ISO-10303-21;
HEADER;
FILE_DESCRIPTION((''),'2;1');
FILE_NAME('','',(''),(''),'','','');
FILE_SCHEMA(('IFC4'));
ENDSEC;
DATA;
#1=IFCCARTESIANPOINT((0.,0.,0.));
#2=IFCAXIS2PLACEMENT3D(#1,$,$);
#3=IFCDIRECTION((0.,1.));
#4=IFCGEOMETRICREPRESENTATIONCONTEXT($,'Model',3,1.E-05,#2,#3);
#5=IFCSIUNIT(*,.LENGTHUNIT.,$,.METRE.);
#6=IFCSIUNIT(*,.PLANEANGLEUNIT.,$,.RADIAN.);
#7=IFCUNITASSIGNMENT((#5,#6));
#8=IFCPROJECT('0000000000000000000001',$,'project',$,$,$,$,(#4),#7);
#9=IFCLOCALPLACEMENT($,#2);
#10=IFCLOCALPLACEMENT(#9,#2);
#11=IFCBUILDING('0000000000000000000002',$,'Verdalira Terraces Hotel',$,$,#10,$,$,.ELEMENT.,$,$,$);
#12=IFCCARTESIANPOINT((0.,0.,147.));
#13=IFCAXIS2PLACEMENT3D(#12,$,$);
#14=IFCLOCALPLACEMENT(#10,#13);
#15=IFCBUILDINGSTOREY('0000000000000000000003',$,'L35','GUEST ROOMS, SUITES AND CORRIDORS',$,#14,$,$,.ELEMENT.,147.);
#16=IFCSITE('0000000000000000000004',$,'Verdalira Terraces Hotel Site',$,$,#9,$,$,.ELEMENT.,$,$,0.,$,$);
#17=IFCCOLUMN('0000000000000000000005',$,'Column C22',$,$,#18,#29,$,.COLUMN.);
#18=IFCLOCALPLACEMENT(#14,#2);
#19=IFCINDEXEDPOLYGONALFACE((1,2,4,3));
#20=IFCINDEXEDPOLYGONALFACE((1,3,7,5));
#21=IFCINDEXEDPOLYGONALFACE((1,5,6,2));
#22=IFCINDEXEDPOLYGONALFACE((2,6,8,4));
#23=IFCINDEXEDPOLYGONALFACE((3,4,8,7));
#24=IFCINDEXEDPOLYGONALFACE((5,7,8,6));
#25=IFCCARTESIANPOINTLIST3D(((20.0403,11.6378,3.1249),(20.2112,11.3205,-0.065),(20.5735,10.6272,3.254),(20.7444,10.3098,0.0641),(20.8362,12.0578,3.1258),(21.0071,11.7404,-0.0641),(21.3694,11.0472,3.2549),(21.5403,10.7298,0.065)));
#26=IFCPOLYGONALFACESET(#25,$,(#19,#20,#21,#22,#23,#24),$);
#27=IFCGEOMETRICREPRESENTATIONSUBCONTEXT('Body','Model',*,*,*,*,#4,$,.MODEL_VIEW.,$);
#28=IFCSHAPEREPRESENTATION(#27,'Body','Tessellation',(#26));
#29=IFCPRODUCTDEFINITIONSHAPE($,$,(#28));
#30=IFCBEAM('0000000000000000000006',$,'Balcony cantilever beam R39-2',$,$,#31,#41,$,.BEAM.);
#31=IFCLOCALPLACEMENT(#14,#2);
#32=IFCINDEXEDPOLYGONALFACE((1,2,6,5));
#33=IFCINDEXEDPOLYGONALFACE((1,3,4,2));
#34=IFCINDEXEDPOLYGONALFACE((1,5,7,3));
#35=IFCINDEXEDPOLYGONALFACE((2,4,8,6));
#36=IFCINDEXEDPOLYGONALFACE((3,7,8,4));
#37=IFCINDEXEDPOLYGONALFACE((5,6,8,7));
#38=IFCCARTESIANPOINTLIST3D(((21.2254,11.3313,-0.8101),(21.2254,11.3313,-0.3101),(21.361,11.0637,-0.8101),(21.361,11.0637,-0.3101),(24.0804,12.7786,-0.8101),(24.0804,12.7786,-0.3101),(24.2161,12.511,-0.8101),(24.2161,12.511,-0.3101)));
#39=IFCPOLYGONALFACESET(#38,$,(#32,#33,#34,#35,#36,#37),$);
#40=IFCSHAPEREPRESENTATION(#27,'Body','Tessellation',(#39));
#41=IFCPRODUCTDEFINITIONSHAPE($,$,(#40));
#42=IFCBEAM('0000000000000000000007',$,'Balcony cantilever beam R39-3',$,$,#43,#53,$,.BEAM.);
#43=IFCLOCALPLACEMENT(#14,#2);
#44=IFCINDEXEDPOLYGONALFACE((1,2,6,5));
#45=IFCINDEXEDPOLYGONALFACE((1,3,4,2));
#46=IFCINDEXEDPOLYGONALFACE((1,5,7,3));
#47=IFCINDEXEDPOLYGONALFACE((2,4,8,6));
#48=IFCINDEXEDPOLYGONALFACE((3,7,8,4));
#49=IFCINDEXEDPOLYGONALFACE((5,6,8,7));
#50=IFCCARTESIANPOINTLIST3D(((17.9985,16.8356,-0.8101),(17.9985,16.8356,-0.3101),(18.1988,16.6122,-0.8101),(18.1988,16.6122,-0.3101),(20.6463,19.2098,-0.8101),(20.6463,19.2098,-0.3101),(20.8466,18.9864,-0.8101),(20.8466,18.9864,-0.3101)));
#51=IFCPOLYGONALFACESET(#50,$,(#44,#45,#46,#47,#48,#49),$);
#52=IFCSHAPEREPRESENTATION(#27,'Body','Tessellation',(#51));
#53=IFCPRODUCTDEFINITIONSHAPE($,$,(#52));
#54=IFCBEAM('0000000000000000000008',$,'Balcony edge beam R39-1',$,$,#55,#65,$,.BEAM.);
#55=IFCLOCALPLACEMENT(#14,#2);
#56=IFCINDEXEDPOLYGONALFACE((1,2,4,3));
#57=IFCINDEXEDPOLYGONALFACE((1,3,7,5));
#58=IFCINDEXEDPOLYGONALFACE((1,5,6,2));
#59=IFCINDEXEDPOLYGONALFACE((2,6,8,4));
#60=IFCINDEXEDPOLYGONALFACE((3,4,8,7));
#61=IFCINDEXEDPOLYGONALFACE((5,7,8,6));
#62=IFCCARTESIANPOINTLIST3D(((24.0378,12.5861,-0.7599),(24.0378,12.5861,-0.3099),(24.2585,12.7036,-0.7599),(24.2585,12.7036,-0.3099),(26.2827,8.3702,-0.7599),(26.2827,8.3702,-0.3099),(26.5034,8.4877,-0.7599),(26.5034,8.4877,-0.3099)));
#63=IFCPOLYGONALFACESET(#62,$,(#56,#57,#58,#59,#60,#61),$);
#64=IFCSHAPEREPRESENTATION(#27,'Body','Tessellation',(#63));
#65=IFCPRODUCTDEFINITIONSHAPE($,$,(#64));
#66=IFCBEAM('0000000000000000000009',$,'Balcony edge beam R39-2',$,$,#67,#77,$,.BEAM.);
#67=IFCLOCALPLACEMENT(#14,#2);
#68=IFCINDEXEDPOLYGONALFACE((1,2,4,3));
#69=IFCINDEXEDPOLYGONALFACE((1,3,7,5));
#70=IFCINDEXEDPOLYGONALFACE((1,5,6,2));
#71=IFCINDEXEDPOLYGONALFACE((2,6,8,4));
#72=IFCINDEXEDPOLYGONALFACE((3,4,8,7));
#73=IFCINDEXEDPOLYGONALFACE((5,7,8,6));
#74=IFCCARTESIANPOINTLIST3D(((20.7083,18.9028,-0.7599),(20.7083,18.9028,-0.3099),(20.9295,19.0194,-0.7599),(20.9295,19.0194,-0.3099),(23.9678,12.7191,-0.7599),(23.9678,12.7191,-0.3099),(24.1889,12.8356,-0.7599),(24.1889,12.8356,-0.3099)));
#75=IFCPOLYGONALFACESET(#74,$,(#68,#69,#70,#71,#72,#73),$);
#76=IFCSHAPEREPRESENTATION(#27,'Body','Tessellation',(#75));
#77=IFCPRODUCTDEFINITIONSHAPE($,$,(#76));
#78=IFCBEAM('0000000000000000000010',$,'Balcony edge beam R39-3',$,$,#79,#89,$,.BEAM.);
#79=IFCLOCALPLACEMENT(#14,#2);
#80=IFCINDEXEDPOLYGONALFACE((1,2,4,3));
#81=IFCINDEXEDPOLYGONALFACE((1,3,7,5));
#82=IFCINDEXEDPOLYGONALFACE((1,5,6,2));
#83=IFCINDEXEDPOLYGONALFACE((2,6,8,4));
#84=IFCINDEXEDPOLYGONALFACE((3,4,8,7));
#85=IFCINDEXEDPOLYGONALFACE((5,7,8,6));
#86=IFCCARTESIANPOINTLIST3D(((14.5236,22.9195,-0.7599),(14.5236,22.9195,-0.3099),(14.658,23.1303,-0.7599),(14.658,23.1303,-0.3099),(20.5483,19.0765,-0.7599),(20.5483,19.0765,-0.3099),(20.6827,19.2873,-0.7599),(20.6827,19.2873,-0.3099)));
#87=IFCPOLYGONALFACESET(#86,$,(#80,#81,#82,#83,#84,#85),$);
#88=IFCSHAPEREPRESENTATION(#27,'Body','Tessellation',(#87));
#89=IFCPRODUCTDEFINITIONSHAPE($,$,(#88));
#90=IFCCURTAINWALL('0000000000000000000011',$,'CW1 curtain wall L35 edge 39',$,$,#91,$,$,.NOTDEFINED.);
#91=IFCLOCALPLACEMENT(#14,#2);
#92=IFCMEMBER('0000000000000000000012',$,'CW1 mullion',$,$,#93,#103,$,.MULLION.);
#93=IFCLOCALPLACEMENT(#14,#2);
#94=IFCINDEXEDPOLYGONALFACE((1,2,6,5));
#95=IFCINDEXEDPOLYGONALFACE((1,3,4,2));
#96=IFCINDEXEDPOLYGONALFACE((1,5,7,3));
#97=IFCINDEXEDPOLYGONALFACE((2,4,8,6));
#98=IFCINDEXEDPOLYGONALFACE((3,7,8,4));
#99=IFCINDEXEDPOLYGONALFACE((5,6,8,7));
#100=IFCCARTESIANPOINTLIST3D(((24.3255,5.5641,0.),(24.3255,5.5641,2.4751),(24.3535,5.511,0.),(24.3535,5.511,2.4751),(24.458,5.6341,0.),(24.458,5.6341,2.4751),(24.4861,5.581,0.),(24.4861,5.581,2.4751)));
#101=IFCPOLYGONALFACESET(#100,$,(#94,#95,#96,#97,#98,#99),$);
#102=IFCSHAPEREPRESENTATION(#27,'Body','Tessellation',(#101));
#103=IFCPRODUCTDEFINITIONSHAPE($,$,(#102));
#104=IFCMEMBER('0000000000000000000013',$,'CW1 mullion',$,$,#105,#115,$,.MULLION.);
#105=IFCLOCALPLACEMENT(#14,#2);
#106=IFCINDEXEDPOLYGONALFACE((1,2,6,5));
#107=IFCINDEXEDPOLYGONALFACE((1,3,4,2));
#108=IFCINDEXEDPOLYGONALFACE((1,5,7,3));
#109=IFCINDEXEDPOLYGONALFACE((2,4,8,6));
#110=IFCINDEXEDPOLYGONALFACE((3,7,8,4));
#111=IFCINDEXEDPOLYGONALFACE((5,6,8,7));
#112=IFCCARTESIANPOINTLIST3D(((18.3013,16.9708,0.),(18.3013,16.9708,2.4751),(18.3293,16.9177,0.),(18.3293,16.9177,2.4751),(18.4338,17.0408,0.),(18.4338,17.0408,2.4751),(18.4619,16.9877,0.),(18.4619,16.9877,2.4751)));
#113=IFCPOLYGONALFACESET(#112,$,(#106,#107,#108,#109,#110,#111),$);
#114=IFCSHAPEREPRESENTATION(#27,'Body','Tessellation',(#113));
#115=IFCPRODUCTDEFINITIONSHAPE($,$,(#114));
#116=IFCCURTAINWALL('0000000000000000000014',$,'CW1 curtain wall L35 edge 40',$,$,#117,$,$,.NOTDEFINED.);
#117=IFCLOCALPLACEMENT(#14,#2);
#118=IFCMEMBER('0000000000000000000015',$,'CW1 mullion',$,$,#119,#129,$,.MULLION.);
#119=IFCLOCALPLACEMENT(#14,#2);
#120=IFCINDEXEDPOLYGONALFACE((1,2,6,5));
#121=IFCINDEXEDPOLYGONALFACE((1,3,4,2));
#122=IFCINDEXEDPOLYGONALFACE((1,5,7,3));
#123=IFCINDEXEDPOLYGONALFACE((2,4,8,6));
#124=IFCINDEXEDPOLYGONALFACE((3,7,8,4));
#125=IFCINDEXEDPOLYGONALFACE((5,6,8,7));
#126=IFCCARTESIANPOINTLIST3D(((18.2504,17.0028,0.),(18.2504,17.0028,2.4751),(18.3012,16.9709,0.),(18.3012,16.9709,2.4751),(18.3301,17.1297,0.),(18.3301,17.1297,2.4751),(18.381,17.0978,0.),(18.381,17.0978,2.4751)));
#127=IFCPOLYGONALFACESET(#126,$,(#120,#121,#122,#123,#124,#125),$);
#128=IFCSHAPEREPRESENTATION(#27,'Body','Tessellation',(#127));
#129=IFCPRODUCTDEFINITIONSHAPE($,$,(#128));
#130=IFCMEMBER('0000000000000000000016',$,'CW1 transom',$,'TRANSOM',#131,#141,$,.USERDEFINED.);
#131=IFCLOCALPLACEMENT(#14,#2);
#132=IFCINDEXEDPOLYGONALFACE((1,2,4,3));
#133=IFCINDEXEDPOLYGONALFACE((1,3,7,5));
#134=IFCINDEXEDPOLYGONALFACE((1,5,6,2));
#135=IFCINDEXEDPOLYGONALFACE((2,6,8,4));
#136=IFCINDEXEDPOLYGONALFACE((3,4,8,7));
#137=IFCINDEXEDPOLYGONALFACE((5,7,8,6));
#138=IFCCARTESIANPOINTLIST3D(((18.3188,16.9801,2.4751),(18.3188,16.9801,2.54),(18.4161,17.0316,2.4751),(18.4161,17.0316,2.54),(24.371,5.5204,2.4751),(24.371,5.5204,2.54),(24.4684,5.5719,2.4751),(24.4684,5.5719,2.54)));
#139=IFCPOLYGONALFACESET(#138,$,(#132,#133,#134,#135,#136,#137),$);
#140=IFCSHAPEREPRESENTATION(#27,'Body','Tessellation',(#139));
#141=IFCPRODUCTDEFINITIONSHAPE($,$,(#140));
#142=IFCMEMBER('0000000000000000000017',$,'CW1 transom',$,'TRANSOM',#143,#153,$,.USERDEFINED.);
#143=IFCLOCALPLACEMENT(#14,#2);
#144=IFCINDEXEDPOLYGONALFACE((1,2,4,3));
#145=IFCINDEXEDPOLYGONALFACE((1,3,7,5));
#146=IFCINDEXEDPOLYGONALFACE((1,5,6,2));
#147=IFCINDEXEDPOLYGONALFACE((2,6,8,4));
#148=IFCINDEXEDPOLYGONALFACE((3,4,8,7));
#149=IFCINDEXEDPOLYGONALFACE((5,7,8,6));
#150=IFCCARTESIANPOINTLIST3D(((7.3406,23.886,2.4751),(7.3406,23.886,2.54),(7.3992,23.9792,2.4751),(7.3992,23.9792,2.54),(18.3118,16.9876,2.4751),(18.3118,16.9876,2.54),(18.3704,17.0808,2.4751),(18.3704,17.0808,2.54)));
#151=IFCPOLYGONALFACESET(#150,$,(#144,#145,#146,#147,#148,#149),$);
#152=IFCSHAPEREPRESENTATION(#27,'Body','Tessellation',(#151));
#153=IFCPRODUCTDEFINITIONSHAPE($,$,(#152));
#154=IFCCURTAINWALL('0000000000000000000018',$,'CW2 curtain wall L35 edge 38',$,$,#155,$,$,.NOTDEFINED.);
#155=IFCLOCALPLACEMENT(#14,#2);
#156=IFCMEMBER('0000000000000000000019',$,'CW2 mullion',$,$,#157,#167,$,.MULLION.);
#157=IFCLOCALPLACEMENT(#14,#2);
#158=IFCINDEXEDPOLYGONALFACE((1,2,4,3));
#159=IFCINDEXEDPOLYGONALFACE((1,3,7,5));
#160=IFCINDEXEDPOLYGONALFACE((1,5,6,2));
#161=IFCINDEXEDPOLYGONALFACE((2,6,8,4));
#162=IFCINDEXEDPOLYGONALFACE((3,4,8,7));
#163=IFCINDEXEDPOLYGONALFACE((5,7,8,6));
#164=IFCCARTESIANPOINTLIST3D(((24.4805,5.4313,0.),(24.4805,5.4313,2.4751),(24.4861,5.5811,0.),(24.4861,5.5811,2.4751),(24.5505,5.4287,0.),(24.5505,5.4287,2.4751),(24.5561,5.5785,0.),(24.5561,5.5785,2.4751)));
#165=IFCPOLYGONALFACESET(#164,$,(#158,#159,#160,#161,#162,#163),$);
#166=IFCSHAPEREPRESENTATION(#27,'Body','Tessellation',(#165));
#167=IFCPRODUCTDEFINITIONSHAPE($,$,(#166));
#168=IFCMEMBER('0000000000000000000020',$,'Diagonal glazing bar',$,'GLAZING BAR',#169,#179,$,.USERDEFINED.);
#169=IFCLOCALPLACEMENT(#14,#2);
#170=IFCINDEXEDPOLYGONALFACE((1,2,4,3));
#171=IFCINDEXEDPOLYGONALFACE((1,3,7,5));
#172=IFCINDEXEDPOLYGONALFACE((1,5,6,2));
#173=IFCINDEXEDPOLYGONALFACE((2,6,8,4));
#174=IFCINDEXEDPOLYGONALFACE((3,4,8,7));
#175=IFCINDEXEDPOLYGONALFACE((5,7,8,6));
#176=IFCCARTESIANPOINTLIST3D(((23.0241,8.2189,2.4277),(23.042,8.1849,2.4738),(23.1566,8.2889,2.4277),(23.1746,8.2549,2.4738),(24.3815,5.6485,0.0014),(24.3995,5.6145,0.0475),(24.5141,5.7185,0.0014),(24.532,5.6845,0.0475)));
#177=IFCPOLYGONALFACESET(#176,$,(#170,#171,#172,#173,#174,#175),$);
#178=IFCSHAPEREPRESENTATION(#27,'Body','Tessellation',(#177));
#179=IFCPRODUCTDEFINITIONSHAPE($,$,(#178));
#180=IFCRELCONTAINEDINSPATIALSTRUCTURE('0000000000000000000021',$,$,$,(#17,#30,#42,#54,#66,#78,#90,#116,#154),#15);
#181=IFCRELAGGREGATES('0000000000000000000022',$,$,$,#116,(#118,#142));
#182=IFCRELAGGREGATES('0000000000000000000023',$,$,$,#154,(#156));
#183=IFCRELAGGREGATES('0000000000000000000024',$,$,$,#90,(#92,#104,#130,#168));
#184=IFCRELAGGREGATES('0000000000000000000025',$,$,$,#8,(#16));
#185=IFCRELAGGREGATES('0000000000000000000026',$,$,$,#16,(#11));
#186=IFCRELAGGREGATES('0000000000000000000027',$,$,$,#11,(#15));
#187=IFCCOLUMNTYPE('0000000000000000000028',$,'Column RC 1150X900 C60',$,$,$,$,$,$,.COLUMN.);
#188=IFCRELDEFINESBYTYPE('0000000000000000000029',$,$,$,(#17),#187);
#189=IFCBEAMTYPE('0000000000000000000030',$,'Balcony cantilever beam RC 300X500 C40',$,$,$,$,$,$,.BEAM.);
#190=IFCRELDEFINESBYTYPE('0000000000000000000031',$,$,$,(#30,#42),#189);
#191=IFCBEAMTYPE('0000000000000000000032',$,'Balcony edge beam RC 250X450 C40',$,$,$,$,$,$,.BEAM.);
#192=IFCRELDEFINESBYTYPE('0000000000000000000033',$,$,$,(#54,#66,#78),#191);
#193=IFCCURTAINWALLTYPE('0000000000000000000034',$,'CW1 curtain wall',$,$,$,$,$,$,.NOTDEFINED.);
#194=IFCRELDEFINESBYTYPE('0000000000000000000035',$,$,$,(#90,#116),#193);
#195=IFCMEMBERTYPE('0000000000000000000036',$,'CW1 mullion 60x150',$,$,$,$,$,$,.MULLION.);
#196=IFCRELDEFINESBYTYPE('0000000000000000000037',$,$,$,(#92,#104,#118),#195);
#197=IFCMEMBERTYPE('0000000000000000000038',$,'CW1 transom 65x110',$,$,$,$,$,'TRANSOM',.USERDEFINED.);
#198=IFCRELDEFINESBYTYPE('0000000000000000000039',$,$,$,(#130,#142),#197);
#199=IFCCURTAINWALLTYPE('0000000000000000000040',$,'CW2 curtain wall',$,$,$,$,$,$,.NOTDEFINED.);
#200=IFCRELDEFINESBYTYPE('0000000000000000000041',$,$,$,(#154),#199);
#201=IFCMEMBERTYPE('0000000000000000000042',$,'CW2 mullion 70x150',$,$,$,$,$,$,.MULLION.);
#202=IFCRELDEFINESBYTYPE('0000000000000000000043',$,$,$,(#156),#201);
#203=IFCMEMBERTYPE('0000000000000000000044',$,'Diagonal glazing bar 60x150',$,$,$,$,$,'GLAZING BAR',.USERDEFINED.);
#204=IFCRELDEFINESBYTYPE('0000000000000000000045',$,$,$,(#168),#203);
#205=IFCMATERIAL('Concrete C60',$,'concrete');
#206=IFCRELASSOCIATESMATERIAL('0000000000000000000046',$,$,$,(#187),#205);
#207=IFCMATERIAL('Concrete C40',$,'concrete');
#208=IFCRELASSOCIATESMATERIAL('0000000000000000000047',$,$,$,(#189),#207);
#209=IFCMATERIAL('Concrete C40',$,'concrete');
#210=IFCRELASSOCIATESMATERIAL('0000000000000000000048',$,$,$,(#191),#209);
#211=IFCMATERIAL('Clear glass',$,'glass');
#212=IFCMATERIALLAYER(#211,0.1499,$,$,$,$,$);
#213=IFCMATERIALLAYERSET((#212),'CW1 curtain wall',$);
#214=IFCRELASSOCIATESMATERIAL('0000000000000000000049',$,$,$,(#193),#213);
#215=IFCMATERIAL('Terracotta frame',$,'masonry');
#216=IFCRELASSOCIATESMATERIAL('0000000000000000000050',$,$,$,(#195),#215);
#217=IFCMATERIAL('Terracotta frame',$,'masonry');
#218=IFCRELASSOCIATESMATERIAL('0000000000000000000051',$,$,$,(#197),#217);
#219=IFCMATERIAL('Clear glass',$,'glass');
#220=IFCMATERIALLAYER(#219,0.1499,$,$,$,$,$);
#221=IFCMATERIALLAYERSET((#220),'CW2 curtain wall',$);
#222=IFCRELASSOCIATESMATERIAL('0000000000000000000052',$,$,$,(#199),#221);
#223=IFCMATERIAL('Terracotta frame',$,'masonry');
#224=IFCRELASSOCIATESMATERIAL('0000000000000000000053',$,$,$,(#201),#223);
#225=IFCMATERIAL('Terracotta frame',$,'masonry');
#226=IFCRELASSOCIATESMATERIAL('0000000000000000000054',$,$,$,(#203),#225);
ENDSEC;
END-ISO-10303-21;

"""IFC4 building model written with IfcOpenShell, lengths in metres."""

from ifc_helpers import new_model, si_unit, direction, frame, origin, origin_2d, place, context, subcontext, project, spatial, rectangle, extrude, material, layer, layer_set, material_profile, profile_set, type_object, element, aggregate, save


model = new_model("IFC4")

# Units and contexts
model_context = context("Model", 3, precision=1e-05, world=origin(), true_north=direction((0.0, 1.0)))
body_context = subcontext(model_context, "Body", "Model", "MODEL_VIEW")
ifc_project = project(units=[si_unit("LENGTHUNIT", "METRE"), si_unit("PLANEANGLEUNIT", "RADIAN")], contexts=[model_context])

# Site, building, storey
site_placement = place(None, origin())
site = spatial("IfcSite", under=ifc_project, at=site_placement, Name="Verdalira Terraces Hotel Site", CompositionType="ELEMENT", RefElevation=0.0)
building_placement = place(site_placement, origin())
building = spatial("IfcBuilding", under=site, at=building_placement, Name="Verdalira Terraces Hotel", CompositionType="ELEMENT")
storey_placement = place(building_placement, frame((0.0, 0.0, 147.0)))
storey = spatial("IfcBuildingStorey", under=building, at=storey_placement, Name="L35", Description="GUEST ROOMS, SUITES AND CORRIDORS", CompositionType="ELEMENT", Elevation=147.0)

# Column
ifc_material_1 = material(Name="Concrete C60", Category="concrete")
ifc_material_profile_1 = material_profile(ifc_material_1, rectangle(XDim=1.1499, YDim=0.8999, at=origin_2d()), Name="RC 1150X900")
ifc_profile_set_1 = profile_set([ifc_material_profile_1], Name="Concrete C60")
column_type = type_object("IfcColumnType", Name="Column RC 1150X900 C60", PredefinedType="COLUMN", material=ifc_profile_set_1)
column_placement = place(storey_placement, frame((20.8757, 11.0251, 0.0), z_axis=(-0.053235, 0.098866, 0.993676), x_axis=(-0.463661, 0.878869, -0.112283)))
element("IfcColumn", 1, at=column_placement, inside=storey, type_object=column_type, Name="Column C22", PredefinedType="COLUMN", context=body_context, shape_type="SweptSolid", body=[
    extrude(rectangle(XDim=1.1499, YDim=0.8999, at=origin_2d()), origin(), (0.0, 0.0, 1.0), 3.2102),
])

# Beams
ifc_material_2 = material(Name="Concrete C40", Category="concrete")
ifc_material_profile_2 = material_profile(ifc_material_2, rectangle(XDim=0.3, YDim=0.5, at=origin_2d()), Name="RC 300X500")
ifc_profile_set_2 = profile_set([ifc_material_profile_2], Name="Concrete C40")
beam_type_1 = type_object("IfcBeamType", Name="Balcony cantilever beam RC 300X500 C40", PredefinedType="BEAM", material=ifc_profile_set_2)
beam_1_placement = place(storey_placement, frame((21.2932, 11.1975, -0.5601), z_axis=(0.891942, 0.452149, 0.0), x_axis=(-0.452149, 0.891942, 0.0)))
element("IfcBeam", 2, at=beam_1_placement, inside=storey, type_object=beam_type_1, Name="Balcony cantilever beam R39-2", PredefinedType="BEAM", context=body_context, shape_type="SweptSolid", body=[
    extrude(rectangle(XDim=0.3, YDim=0.5, at=origin_2d()), origin(), (0.0, 0.0, 1.0), 3.2009),
])
beam_2_placement = place(storey_placement, frame((18.0986, 16.7239, -0.5601), z_axis=(0.744535, 0.667583, 0.0), x_axis=(-0.667583, 0.744535, 0.0)))
element("IfcBeam", 3, at=beam_2_placement, inside=storey, type_object=beam_type_1, Name="Balcony cantilever beam R39-3", PredefinedType="BEAM", context=body_context, shape_type="SweptSolid", body=[
    extrude(rectangle(XDim=0.3, YDim=0.5, at=origin_2d()), origin(), (0.0, 0.0, 1.0), 3.5564),
])
ifc_material_3 = material(Name="Concrete C40", Category="concrete")
ifc_material_profile_3 = material_profile(ifc_material_3, rectangle(XDim=0.25, YDim=0.45, at=origin_2d()), Name="RC 250X450")
ifc_profile_set_3 = profile_set([ifc_material_profile_3], Name="Concrete C40")
beam_type_2 = type_object("IfcBeamType", Name="Balcony edge beam RC 250X450 C40", PredefinedType="BEAM", material=ifc_profile_set_3)
beam_3_placement = place(storey_placement, frame((26.3931, 8.429, -0.5349), z_axis=(-0.470007, 0.882663, 0.0), x_axis=(-0.882663, -0.470007, 0.0)))
element("IfcBeam", 4, at=beam_3_placement, inside=storey, type_object=beam_type_2, Name="Balcony edge beam R39-1", PredefinedType="BEAM", context=body_context, shape_type="SweptSolid", body=[
    extrude(rectangle(XDim=0.25, YDim=0.45, at=origin_2d()), origin(), (0.0, 0.0, 1.0), 4.7764),
])
beam_4_placement = place(storey_placement, frame((24.0784, 12.7773, -0.5349), z_axis=(-0.466292, 0.884631, 0.0), x_axis=(-0.884631, -0.466292, 0.0)))
element("IfcBeam", 5, at=beam_4_placement, inside=storey, type_object=beam_type_2, Name="Balcony edge beam R39-2", PredefinedType="BEAM", context=body_context, shape_type="SweptSolid", body=[
    extrude(rectangle(XDim=0.25, YDim=0.45, at=origin_2d()), origin(), (0.0, 0.0, 1.0), 6.9902),
])
beam_5_placement = place(storey_placement, frame((20.6155, 19.1819, -0.5349), z_axis=(-0.843081, 0.537786, 0.0), x_axis=(-0.537786, -0.843081, 0.0)))
element("IfcBeam", 6, at=beam_5_placement, inside=storey, type_object=beam_type_2, Name="Balcony edge beam R39-3", PredefinedType="BEAM", context=body_context, shape_type="SweptSolid", body=[
    extrude(rectangle(XDim=0.25, YDim=0.45, at=origin_2d()), origin(), (0.0, 0.0, 1.0), 7.146),
])

# Curtain wall, members
ifc_material_4 = material(Name="Clear glass", Category="glass")
ifc_layer_1 = layer(ifc_material_4, 0.1499)
ifc_layer_set_1 = layer_set([ifc_layer_1], Name="CW1 curtain wall")
curtain_wall_type_1 = type_object("IfcCurtainWallType", Name="CW1 curtain wall", PredefinedType="NOTDEFINED", material=ifc_layer_set_1)
curtain_wall_1_placement = place(storey_placement, origin())
curtain_wall_1 = element("IfcCurtainWall", 7, at=curtain_wall_1_placement, inside=storey, type_object=curtain_wall_type_1, Name="CW1 curtain wall L35 edge 39", PredefinedType="NOTDEFINED")
ifc_material_5 = material(Name="Terracotta frame", Category="masonry")
ifc_material_profile_4 = material_profile(ifc_material_5, rectangle(XDim=0.0601, YDim=0.1499, at=origin_2d()), Name="MU 60x150")
ifc_profile_set_4 = profile_set([ifc_material_profile_4], Name="Terracotta frame")
member_type_1 = type_object("IfcMemberType", Name="CW1 mullion 60x150", PredefinedType="MULLION", material=ifc_profile_set_4)
member_1_placement = place(storey_placement, frame((24.4058, 5.5725, 0.0), z_axis=(0.0, 0.0, 1.0), x_axis=(-0.467004, 0.884255, 0.0)))
member_1 = element("IfcMember", 8, at=member_1_placement, type_object=member_type_1, Name="CW1 mullion", PredefinedType="MULLION", context=body_context, shape_type="SweptSolid", body=[
    extrude(rectangle(XDim=0.0601, YDim=0.1499, at=origin_2d()), origin(), (0.0, 0.0, 1.0), 2.4751),
])
member_2_placement = place(storey_placement, frame((18.3816, 16.9792, 0.0), z_axis=(0.0, 0.0, 1.0), x_axis=(-0.467004, 0.884255, 0.0)))
member_2 = element("IfcMember", 9, at=member_2_placement, type_object=member_type_1, Name="CW1 mullion", PredefinedType="MULLION", context=body_context, shape_type="SweptSolid", body=[
    extrude(rectangle(XDim=0.0601, YDim=0.1499, at=origin_2d()), origin(), (0.0, 0.0, 1.0), 2.4751),
])

# Curtain wall, member
curtain_wall_2_placement = place(storey_placement, origin())
curtain_wall_2 = element("IfcCurtainWall", 10, at=curtain_wall_2_placement, inside=storey, type_object=curtain_wall_type_1, Name="CW1 curtain wall L35 edge 40", PredefinedType="NOTDEFINED")
member_3_placement = place(storey_placement, frame((18.3157, 17.0503, 0.0), z_axis=(0.0, 0.0, 1.0), x_axis=(-0.846565, 0.532285, 0.0)))
member_3 = element("IfcMember", 11, at=member_3_placement, type_object=member_type_1, Name="CW1 mullion", PredefinedType="MULLION", context=body_context, shape_type="SweptSolid", body=[
    extrude(rectangle(XDim=0.0601, YDim=0.1499, at=origin_2d()), origin(), (0.0, 0.0, 1.0), 2.4751),
])

# Members
ifc_material_6 = material(Name="Terracotta frame", Category="masonry")
ifc_material_profile_5 = material_profile(ifc_material_6, rectangle(XDim=0.1101, YDim=0.0649, at=origin_2d()), Name="TR 65x110")
ifc_profile_set_5 = profile_set([ifc_material_profile_5], Name="Terracotta frame")
member_type_2 = type_object("IfcMemberType", Name="CW1 transom 65x110", ElementType="TRANSOM", PredefinedType="USERDEFINED", material=ifc_profile_set_5)
member_4_placement = place(storey_placement, frame((24.4197, 5.5461, 2.5076), z_axis=(-0.467004, 0.884255, 0.0), x_axis=(-0.884255, -0.467004, 0.0)))
member_4 = element("IfcMember", 12, at=member_4_placement, type_object=member_type_2, Name="CW1 transom", ObjectType="TRANSOM", PredefinedType="USERDEFINED", context=body_context, shape_type="SweptSolid", body=[
    extrude(rectangle(XDim=0.1101, YDim=0.0649, at=origin_2d()), origin(), (0.0, 0.0, 1.0), 12.9597),
])
member_5_placement = place(storey_placement, frame((18.3411, 17.0342, 2.5076), z_axis=(-0.846558, 0.532297, 0.0), x_axis=(-0.532297, -0.846558, 0.0)))
member_5 = element("IfcMember", 13, at=member_5_placement, type_object=member_type_2, Name="CW1 transom", ObjectType="TRANSOM", PredefinedType="USERDEFINED", context=body_context, shape_type="SweptSolid", body=[
    extrude(rectangle(XDim=0.1101, YDim=0.0649, at=origin_2d()), origin(), (0.0, 0.0, 1.0), 12.9597),
])
aggregate(curtain_wall_2, [member_3, member_5])

# Curtain wall, member
ifc_material_7 = material(Name="Clear glass", Category="glass")
ifc_layer_2 = layer(ifc_material_7, 0.1499)
ifc_layer_set_2 = layer_set([ifc_layer_2], Name="CW2 curtain wall")
curtain_wall_type_2 = type_object("IfcCurtainWallType", Name="CW2 curtain wall", PredefinedType="NOTDEFINED", material=ifc_layer_set_2)
curtain_wall_3_placement = place(storey_placement, origin())
curtain_wall_3 = element("IfcCurtainWall", 14, at=curtain_wall_3_placement, inside=storey, type_object=curtain_wall_type_2, Name="CW2 curtain wall L35 edge 38", PredefinedType="NOTDEFINED")
ifc_material_8 = material(Name="Terracotta frame", Category="masonry")
ifc_material_profile_6 = material_profile(ifc_material_8, rectangle(XDim=0.0701, YDim=0.1499, at=origin_2d()), Name="MU 70x150")
ifc_profile_set_6 = profile_set([ifc_material_profile_6], Name="Terracotta frame")
member_type_3 = type_object("IfcMemberType", Name="CW2 mullion 70x150", PredefinedType="MULLION", material=ifc_profile_set_6)
member_6_placement = place(storey_placement, frame((24.5183, 5.5049, 0.0), z_axis=(0.0, 0.0, 1.0), x_axis=(-0.999289, 0.03769, 0.0)))
member_6 = element("IfcMember", 15, at=member_6_placement, type_object=member_type_3, Name="CW2 mullion", PredefinedType="MULLION", context=body_context, shape_type="SweptSolid", body=[
    extrude(rectangle(XDim=0.0701, YDim=0.1499, at=origin_2d()), origin(), (0.0, 0.0, 1.0), 2.4751),
])
aggregate(curtain_wall_3, [member_6])

# Member
ifc_material_9 = material(Name="Terracotta frame", Category="masonry")
ifc_material_profile_7 = material_profile(ifc_material_9, rectangle(XDim=0.1499, YDim=0.0601, at=origin_2d()), Name="GB 60x150")
ifc_profile_set_7 = profile_set([ifc_material_profile_7], Name="Terracotta frame")
member_type_4 = type_object("IfcMemberType", Name="Diagonal glazing bar 60x150", ElementType="GLAZING BAR", PredefinedType="USERDEFINED", material=ifc_profile_set_7)
member_7_placement = place(storey_placement, frame((24.4568, 5.6665, 0.0244), z_axis=(-0.358511, 0.67885, 0.640806), x_axis=(-0.884261, -0.466992, 0.0)))
member_7 = element("IfcMember", 16, at=member_7_placement, type_object=member_type_4, Name="Diagonal glazing bar", ObjectType="GLAZING BAR", PredefinedType="USERDEFINED", context=body_context, shape_type="SweptSolid", body=[
    extrude(rectangle(XDim=0.1499, YDim=0.0601, at=origin_2d()), origin(), (0.0, 0.0, 1.0), 3.7864),
])

aggregate(curtain_wall_1, [member_1, member_2, member_4, member_7])

save(model, "model.ifc")
